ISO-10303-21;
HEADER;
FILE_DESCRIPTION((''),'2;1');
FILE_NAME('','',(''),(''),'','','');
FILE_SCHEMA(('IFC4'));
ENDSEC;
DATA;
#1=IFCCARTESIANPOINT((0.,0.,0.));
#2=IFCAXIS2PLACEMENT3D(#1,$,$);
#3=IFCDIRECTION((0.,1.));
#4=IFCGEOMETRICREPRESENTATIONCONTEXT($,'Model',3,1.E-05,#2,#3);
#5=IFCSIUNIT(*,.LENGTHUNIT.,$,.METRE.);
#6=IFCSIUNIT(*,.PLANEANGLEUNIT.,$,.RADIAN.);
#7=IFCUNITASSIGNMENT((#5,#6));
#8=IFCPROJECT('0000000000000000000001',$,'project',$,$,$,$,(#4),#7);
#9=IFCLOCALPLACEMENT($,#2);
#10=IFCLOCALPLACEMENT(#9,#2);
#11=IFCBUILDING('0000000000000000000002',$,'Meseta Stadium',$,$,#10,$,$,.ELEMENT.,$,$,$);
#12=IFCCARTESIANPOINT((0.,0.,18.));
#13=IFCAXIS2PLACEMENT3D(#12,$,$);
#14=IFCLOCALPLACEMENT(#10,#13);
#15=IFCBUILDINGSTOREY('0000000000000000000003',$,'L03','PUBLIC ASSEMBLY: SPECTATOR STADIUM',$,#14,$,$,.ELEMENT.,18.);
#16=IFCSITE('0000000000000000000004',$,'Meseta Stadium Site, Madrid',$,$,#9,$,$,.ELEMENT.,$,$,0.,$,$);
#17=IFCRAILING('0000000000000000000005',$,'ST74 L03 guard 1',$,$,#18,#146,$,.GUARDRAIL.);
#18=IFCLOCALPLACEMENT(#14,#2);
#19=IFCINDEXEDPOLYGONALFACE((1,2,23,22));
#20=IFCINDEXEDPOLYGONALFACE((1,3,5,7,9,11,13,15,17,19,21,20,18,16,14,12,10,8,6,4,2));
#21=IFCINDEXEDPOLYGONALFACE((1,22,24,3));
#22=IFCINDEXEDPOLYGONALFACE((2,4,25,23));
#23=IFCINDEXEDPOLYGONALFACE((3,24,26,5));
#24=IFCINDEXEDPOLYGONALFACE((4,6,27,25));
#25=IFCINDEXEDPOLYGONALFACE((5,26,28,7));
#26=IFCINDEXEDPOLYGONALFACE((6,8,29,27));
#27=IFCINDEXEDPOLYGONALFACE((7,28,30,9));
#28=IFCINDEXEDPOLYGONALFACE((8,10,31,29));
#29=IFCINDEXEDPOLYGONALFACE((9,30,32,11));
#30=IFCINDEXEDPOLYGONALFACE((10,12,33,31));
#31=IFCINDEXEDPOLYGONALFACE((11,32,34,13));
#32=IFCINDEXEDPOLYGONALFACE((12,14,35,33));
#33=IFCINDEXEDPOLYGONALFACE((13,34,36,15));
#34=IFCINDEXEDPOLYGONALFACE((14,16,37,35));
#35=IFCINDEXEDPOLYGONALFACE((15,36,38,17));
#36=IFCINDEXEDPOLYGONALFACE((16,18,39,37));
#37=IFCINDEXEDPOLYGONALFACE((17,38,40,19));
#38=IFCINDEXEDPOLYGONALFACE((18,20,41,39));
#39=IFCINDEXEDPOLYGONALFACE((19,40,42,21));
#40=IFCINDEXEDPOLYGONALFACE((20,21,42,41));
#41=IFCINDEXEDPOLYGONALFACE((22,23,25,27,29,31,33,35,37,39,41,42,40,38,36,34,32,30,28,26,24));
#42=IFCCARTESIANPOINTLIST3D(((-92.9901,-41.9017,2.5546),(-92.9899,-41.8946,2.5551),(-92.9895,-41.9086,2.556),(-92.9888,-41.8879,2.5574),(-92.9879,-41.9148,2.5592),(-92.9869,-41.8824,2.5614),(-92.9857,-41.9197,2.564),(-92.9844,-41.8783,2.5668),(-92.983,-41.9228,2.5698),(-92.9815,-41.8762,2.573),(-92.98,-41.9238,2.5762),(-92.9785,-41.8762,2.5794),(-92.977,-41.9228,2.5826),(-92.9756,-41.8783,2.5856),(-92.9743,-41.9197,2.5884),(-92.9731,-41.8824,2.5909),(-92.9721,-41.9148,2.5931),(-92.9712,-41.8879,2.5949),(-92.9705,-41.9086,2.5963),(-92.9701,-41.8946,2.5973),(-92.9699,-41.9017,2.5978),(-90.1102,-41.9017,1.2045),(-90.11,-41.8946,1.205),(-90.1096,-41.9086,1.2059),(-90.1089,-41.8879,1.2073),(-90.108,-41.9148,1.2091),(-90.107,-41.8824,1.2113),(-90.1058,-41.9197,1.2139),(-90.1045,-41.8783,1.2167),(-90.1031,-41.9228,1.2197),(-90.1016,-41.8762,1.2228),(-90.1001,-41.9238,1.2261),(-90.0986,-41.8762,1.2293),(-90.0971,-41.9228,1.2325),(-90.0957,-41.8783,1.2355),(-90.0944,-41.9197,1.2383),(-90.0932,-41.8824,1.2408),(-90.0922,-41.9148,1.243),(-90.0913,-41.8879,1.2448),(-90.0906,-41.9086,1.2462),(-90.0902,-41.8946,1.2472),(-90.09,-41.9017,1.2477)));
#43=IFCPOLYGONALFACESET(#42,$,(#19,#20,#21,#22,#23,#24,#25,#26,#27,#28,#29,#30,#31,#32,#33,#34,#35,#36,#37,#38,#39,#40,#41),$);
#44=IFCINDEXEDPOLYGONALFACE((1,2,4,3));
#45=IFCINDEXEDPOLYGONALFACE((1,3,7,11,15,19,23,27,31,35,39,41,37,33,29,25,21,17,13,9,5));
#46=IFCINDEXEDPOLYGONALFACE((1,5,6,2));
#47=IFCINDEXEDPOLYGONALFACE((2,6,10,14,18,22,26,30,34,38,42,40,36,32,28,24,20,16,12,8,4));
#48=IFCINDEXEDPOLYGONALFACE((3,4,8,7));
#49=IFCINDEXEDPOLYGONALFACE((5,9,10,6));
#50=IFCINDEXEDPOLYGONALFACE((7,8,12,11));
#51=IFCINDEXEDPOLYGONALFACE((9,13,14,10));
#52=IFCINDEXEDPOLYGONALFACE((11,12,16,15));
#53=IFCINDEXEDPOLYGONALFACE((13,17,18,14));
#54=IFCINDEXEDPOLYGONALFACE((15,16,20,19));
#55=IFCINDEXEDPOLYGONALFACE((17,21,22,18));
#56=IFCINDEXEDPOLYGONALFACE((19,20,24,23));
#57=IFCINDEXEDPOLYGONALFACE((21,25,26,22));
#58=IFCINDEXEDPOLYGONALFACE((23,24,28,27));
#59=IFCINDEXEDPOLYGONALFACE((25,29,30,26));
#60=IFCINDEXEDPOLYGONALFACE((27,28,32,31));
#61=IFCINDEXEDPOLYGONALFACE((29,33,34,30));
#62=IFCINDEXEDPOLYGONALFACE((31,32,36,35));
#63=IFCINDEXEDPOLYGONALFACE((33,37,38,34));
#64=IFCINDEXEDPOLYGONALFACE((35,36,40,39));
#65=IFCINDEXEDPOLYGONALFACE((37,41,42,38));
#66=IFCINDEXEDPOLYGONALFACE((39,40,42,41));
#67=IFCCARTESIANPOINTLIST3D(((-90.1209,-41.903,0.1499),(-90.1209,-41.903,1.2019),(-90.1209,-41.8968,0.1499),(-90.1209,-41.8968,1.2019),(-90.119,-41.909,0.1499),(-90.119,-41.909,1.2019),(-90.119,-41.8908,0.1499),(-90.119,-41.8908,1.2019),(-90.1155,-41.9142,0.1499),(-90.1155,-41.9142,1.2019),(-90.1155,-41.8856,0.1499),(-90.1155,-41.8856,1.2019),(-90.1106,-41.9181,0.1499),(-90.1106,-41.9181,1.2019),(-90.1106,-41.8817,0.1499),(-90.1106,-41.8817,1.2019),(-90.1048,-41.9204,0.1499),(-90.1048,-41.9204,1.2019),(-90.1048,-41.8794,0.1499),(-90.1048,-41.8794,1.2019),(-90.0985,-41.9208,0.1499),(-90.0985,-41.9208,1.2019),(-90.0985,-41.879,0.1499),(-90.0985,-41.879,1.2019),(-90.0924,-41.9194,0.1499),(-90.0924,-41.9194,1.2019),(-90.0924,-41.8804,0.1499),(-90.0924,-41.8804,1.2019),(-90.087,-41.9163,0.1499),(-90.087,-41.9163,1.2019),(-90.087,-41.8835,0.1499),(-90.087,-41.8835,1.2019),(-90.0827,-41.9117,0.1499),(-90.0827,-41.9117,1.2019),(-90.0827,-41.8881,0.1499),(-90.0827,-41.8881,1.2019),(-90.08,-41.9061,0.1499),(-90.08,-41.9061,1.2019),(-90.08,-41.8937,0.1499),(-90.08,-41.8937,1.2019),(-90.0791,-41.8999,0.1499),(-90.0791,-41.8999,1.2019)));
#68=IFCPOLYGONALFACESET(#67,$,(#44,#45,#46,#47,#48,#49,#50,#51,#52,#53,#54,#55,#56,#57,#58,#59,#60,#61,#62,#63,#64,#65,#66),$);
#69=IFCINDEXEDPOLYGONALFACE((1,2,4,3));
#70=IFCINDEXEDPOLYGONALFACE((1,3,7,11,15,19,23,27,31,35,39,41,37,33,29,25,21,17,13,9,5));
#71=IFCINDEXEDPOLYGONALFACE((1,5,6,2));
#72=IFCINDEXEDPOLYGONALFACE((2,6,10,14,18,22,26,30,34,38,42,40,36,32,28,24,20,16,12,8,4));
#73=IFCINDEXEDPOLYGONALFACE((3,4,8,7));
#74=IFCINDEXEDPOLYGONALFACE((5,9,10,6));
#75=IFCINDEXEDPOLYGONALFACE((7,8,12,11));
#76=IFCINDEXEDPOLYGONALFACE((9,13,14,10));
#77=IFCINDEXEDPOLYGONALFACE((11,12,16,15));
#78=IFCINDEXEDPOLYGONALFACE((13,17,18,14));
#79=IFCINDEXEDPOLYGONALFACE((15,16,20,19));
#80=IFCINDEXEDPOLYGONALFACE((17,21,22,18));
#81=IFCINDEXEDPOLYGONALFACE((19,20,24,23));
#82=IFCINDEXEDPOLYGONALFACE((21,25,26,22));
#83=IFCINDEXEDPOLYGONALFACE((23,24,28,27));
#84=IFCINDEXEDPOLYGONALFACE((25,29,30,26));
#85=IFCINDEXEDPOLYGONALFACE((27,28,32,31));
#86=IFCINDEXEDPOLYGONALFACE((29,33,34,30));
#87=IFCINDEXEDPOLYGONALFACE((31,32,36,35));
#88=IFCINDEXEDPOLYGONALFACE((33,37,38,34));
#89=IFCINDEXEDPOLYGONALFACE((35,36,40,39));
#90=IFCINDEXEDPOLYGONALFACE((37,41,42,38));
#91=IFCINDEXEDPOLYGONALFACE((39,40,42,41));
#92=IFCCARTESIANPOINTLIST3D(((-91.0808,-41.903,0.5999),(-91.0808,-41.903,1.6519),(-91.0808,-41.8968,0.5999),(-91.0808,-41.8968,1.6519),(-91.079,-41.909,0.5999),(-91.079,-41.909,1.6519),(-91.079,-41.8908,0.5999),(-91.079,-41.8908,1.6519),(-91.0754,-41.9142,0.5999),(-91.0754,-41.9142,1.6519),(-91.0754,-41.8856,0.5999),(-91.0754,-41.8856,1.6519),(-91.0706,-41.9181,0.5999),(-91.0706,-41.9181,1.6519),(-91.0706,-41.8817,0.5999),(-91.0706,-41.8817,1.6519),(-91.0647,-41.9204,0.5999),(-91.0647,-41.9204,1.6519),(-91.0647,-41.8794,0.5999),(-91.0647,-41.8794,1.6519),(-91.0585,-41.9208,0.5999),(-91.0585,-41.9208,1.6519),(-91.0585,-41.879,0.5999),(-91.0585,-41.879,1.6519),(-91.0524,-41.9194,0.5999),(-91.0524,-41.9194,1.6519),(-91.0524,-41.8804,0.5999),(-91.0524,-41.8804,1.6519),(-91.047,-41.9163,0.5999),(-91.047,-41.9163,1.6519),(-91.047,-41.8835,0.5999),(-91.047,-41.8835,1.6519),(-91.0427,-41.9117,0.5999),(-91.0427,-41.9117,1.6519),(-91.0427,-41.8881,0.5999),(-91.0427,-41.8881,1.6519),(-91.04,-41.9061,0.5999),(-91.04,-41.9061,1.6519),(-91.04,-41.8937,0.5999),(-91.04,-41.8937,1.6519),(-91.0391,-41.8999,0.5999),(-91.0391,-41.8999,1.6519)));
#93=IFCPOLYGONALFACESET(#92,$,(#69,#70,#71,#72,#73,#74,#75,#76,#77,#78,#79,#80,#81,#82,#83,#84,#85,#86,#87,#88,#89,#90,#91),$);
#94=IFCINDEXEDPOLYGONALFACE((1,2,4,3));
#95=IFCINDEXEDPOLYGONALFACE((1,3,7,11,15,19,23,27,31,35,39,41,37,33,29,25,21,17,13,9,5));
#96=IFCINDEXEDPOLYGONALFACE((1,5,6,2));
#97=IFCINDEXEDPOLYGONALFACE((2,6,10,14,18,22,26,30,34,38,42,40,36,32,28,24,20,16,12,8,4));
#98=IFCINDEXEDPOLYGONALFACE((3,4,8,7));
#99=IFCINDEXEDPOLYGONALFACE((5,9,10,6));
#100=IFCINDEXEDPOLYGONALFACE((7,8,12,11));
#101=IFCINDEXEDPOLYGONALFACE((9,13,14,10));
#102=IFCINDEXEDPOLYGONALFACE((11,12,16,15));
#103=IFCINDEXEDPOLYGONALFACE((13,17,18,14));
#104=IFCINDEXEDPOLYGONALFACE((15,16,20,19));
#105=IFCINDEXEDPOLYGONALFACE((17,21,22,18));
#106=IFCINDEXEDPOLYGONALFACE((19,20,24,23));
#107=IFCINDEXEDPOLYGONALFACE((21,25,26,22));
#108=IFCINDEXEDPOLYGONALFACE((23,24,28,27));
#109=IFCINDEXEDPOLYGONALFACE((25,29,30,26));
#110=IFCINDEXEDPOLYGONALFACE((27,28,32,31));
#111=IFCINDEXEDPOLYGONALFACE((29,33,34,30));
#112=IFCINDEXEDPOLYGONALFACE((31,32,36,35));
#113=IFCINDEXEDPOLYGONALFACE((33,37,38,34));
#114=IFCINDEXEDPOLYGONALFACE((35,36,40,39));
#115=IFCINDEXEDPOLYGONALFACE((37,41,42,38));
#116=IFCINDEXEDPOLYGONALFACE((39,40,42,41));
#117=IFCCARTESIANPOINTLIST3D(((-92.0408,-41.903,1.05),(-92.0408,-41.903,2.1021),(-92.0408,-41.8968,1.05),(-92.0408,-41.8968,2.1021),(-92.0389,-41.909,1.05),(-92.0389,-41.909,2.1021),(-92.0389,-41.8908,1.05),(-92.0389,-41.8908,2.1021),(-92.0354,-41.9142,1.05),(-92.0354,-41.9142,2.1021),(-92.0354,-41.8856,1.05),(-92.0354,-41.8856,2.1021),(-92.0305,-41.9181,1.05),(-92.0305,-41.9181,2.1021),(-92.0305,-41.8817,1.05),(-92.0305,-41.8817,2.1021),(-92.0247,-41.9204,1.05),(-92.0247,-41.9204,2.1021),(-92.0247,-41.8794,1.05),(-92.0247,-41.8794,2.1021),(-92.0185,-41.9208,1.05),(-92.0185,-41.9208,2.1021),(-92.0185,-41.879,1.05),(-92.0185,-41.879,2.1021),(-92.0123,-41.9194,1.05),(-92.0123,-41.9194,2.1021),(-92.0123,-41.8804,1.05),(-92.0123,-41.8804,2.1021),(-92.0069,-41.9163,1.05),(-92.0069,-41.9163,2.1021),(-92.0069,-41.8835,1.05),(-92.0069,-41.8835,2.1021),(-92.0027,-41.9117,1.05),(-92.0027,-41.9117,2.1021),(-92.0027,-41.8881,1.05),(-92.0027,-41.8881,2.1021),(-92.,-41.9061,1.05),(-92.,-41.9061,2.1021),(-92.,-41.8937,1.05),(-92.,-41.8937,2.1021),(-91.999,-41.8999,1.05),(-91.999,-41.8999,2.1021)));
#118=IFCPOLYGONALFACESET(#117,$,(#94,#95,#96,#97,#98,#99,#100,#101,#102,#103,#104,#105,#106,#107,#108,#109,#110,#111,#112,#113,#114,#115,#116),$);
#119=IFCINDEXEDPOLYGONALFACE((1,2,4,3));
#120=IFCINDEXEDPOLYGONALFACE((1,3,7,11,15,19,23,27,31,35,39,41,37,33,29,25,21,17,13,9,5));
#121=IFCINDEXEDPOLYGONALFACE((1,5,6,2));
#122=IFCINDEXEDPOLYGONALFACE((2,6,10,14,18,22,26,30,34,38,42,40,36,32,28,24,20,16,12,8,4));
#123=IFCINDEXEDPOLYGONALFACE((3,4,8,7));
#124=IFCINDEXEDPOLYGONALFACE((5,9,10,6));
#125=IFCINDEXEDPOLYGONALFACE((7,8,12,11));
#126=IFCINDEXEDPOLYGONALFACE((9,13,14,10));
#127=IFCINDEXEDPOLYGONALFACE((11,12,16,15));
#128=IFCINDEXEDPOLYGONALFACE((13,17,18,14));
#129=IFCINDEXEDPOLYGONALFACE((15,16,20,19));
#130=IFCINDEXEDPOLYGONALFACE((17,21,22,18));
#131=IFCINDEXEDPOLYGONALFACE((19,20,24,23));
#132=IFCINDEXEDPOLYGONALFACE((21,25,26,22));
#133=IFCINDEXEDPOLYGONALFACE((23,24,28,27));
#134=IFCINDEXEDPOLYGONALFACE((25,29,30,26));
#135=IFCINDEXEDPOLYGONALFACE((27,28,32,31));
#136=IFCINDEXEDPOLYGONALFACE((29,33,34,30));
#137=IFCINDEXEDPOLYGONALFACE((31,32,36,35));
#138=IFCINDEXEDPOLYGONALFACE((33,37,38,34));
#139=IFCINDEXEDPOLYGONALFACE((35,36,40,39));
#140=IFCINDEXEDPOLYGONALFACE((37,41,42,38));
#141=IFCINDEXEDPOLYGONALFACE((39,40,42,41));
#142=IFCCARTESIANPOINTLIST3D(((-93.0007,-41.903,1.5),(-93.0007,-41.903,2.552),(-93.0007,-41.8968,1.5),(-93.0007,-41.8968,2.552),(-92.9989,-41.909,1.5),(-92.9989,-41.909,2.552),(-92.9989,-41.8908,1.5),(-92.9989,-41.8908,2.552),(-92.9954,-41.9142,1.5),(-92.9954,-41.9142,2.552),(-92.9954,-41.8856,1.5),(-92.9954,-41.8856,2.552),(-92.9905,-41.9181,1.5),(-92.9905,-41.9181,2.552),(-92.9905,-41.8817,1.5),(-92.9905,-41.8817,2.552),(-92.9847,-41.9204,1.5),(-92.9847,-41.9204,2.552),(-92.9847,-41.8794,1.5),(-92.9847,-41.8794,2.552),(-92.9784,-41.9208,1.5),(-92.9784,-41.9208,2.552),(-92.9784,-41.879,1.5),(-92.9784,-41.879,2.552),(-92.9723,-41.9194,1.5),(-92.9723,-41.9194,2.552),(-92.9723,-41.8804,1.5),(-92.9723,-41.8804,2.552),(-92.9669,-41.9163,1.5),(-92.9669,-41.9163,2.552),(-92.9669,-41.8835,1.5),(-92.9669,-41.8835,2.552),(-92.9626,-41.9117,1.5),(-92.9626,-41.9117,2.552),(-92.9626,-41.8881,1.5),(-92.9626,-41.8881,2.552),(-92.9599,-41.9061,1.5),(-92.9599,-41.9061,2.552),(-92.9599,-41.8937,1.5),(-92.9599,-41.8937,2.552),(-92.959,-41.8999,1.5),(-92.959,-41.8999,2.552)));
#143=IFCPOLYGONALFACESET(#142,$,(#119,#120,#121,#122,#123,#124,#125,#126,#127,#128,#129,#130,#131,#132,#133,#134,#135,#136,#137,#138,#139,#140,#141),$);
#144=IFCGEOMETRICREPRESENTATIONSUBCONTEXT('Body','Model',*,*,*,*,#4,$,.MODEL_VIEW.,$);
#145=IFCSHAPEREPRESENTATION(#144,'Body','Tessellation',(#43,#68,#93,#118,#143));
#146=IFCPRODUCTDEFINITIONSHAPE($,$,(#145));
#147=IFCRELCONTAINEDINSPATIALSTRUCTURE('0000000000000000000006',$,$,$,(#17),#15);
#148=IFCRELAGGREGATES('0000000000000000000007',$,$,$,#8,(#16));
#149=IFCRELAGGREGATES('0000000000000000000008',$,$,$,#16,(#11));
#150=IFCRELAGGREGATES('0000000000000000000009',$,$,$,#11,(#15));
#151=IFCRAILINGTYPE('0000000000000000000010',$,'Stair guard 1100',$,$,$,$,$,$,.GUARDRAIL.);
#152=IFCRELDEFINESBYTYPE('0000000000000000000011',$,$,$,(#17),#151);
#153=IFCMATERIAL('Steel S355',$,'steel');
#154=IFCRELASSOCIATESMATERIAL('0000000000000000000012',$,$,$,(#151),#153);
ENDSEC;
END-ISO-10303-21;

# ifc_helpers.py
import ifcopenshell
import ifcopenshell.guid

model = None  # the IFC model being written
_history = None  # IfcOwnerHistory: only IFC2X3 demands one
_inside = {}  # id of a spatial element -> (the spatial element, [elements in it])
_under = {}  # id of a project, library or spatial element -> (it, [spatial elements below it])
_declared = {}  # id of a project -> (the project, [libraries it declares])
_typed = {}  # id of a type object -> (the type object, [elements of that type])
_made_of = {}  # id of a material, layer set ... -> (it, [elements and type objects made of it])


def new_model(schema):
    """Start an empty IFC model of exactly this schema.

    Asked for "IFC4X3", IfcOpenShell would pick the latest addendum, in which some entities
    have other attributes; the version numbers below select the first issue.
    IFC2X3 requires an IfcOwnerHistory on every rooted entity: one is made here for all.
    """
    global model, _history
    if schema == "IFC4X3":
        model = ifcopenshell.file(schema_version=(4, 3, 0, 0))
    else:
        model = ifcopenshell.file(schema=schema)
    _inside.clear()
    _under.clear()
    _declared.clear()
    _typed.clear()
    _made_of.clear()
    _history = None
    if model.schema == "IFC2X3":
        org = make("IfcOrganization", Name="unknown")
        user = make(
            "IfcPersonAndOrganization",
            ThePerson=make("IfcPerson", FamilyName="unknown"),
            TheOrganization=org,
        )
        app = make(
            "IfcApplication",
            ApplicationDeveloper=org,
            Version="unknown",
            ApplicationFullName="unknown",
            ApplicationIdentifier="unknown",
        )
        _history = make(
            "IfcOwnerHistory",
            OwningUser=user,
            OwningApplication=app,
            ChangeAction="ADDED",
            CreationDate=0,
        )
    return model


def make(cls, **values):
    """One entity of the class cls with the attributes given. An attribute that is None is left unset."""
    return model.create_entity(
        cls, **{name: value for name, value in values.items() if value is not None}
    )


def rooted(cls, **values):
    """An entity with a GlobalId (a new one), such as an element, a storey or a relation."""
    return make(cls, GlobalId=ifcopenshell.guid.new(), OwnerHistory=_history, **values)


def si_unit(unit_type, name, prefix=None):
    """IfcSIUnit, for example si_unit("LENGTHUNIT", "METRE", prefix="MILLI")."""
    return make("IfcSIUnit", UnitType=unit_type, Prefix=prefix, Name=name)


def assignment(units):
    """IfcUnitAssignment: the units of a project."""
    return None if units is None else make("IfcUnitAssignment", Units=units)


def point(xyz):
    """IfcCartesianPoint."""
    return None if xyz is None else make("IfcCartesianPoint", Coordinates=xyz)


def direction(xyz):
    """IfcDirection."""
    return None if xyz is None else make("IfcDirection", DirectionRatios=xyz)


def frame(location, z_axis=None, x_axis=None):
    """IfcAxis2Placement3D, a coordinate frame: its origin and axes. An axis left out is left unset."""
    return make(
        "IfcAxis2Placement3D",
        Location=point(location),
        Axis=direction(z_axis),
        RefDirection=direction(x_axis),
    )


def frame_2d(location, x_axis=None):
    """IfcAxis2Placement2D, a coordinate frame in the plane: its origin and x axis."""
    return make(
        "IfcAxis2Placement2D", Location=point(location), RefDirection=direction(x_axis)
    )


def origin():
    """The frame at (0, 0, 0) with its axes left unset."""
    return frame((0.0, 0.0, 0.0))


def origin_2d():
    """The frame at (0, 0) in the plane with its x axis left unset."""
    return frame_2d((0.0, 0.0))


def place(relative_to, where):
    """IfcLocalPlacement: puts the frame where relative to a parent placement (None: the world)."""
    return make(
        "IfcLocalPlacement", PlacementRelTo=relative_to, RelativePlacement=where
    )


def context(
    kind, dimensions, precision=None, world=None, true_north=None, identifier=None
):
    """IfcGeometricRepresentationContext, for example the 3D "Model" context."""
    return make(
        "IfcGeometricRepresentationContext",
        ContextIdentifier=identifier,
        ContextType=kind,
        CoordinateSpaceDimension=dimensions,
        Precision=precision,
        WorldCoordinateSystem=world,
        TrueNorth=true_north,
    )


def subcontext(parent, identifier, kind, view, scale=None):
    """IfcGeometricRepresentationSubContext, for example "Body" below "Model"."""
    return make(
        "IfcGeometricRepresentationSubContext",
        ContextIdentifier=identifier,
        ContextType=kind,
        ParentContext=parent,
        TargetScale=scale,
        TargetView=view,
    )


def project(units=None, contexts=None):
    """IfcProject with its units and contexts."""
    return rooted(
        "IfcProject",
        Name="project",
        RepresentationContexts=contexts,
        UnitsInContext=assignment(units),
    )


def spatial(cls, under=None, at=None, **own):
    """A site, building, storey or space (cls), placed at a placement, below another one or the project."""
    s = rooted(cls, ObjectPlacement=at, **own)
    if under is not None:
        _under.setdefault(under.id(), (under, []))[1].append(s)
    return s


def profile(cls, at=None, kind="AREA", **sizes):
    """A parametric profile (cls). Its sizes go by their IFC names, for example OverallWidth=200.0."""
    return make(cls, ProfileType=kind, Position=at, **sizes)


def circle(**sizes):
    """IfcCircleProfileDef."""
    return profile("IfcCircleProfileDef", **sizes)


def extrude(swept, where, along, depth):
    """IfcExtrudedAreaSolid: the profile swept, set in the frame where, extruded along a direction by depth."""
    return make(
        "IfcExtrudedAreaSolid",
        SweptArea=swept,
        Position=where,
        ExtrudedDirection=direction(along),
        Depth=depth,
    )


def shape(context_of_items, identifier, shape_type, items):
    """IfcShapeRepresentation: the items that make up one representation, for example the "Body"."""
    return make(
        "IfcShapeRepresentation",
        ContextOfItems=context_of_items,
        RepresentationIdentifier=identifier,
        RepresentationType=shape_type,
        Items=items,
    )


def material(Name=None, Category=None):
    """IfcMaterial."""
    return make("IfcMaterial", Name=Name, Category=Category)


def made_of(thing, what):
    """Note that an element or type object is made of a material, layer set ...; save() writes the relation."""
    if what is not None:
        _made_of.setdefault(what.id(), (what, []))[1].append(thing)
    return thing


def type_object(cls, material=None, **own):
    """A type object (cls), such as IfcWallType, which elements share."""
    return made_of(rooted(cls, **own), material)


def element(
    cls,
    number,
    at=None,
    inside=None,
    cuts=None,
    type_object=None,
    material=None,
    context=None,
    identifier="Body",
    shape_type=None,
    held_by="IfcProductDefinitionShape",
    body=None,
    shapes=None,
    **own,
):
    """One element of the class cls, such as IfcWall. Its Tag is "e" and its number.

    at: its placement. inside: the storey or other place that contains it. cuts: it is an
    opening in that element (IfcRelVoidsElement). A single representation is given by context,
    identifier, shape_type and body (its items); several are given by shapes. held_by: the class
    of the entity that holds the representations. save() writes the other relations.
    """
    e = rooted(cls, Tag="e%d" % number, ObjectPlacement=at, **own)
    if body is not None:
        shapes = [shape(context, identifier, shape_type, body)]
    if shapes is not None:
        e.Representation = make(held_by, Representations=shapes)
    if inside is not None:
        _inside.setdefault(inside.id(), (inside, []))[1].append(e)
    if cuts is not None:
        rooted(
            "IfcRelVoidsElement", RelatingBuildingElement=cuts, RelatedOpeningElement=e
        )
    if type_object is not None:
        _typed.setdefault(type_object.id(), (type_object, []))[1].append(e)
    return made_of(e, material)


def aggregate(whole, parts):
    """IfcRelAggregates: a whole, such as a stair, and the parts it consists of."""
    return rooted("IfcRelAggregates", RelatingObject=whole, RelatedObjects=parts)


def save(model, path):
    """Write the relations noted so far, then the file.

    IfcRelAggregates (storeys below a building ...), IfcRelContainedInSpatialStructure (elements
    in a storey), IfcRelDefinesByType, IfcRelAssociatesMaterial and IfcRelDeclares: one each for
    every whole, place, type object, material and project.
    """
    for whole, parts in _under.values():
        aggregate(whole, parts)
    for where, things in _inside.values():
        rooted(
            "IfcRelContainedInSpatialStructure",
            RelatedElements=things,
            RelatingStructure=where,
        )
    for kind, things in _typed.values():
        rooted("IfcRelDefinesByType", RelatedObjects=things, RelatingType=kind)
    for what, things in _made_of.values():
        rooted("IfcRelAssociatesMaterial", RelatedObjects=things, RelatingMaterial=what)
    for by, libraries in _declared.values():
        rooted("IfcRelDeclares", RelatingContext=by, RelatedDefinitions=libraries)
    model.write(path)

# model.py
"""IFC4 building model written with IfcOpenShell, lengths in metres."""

from ifc_helpers import new_model, si_unit, direction, frame, origin, origin_2d, place, context, subcontext, project, spatial, circle, extrude, material, type_object, element, save


model = new_model("IFC4")

# Units and contexts
model_context = context("Model", 3, precision=1e-05, world=origin(), true_north=direction((0.0, 1.0)))
body_context = subcontext(model_context, "Body", "Model", "MODEL_VIEW")
ifc_project = project(units=[si_unit("LENGTHUNIT", "METRE"), si_unit("PLANEANGLEUNIT", "RADIAN")], contexts=[model_context])

# Site, building, storey
site_placement = place(None, origin())
site = spatial("IfcSite", under=ifc_project, at=site_placement, Name="Meseta Stadium Site, Madrid", CompositionType="ELEMENT", RefElevation=0.0)
building_placement = place(site_placement, origin())
building = spatial("IfcBuilding", under=site, at=building_placement, Name="Meseta Stadium", CompositionType="ELEMENT")
storey_placement = place(building_placement, frame((0.0, 0.0, 18.0)))
storey = spatial("IfcBuildingStorey", under=building, at=storey_placement, Name="L03", Description="PUBLIC ASSEMBLY: SPECTATOR STADIUM", CompositionType="ELEMENT", Elevation=18.0)

# Railing
ifc_material_1 = material(Name="Steel S355", Category="steel")
railing_type_1 = type_object("IfcRailingType", Name="Stair guard 1100", PredefinedType="GUARDRAIL", material=ifc_material_1)
railing_1_placement = place(storey_placement, frame((-90.1001, -41.8999, 0.1499)))
element("IfcRailing", 1, at=railing_1_placement, inside=storey, type_object=railing_type_1, Name="ST74 L03 guard 1", PredefinedType="GUARDRAIL", context=body_context, shape_type="SweptSolid", body=[
    extrude(circle(Radius=0.0239, at=origin_2d()), frame((0.0, 0.0, 1.0762), z_axis=(-0.90544, 0.0, 0.424473), x_axis=(0.0, -1.0, 0.0)), (0.0, 0.0, 1.0), 3.1807),
    extrude(circle(Radius=0.021, at=origin_2d()), origin(), (0.0, 0.0, 1.0), 1.052),
    extrude(circle(Radius=0.021, at=origin_2d()), frame((-0.96, 0.0, 0.45)), (0.0, 0.0, 1.0), 1.052),
    extrude(circle(Radius=0.021, at=origin_2d()), frame((-1.9199, 0.0, 0.9001)), (0.0, 0.0, 1.0), 1.052),
    extrude(circle(Radius=0.021, at=origin_2d()), frame((-2.8799, 0.0, 1.3501)), (0.0, 0.0, 1.0), 1.052),
])

save(model, "model.ifc")
